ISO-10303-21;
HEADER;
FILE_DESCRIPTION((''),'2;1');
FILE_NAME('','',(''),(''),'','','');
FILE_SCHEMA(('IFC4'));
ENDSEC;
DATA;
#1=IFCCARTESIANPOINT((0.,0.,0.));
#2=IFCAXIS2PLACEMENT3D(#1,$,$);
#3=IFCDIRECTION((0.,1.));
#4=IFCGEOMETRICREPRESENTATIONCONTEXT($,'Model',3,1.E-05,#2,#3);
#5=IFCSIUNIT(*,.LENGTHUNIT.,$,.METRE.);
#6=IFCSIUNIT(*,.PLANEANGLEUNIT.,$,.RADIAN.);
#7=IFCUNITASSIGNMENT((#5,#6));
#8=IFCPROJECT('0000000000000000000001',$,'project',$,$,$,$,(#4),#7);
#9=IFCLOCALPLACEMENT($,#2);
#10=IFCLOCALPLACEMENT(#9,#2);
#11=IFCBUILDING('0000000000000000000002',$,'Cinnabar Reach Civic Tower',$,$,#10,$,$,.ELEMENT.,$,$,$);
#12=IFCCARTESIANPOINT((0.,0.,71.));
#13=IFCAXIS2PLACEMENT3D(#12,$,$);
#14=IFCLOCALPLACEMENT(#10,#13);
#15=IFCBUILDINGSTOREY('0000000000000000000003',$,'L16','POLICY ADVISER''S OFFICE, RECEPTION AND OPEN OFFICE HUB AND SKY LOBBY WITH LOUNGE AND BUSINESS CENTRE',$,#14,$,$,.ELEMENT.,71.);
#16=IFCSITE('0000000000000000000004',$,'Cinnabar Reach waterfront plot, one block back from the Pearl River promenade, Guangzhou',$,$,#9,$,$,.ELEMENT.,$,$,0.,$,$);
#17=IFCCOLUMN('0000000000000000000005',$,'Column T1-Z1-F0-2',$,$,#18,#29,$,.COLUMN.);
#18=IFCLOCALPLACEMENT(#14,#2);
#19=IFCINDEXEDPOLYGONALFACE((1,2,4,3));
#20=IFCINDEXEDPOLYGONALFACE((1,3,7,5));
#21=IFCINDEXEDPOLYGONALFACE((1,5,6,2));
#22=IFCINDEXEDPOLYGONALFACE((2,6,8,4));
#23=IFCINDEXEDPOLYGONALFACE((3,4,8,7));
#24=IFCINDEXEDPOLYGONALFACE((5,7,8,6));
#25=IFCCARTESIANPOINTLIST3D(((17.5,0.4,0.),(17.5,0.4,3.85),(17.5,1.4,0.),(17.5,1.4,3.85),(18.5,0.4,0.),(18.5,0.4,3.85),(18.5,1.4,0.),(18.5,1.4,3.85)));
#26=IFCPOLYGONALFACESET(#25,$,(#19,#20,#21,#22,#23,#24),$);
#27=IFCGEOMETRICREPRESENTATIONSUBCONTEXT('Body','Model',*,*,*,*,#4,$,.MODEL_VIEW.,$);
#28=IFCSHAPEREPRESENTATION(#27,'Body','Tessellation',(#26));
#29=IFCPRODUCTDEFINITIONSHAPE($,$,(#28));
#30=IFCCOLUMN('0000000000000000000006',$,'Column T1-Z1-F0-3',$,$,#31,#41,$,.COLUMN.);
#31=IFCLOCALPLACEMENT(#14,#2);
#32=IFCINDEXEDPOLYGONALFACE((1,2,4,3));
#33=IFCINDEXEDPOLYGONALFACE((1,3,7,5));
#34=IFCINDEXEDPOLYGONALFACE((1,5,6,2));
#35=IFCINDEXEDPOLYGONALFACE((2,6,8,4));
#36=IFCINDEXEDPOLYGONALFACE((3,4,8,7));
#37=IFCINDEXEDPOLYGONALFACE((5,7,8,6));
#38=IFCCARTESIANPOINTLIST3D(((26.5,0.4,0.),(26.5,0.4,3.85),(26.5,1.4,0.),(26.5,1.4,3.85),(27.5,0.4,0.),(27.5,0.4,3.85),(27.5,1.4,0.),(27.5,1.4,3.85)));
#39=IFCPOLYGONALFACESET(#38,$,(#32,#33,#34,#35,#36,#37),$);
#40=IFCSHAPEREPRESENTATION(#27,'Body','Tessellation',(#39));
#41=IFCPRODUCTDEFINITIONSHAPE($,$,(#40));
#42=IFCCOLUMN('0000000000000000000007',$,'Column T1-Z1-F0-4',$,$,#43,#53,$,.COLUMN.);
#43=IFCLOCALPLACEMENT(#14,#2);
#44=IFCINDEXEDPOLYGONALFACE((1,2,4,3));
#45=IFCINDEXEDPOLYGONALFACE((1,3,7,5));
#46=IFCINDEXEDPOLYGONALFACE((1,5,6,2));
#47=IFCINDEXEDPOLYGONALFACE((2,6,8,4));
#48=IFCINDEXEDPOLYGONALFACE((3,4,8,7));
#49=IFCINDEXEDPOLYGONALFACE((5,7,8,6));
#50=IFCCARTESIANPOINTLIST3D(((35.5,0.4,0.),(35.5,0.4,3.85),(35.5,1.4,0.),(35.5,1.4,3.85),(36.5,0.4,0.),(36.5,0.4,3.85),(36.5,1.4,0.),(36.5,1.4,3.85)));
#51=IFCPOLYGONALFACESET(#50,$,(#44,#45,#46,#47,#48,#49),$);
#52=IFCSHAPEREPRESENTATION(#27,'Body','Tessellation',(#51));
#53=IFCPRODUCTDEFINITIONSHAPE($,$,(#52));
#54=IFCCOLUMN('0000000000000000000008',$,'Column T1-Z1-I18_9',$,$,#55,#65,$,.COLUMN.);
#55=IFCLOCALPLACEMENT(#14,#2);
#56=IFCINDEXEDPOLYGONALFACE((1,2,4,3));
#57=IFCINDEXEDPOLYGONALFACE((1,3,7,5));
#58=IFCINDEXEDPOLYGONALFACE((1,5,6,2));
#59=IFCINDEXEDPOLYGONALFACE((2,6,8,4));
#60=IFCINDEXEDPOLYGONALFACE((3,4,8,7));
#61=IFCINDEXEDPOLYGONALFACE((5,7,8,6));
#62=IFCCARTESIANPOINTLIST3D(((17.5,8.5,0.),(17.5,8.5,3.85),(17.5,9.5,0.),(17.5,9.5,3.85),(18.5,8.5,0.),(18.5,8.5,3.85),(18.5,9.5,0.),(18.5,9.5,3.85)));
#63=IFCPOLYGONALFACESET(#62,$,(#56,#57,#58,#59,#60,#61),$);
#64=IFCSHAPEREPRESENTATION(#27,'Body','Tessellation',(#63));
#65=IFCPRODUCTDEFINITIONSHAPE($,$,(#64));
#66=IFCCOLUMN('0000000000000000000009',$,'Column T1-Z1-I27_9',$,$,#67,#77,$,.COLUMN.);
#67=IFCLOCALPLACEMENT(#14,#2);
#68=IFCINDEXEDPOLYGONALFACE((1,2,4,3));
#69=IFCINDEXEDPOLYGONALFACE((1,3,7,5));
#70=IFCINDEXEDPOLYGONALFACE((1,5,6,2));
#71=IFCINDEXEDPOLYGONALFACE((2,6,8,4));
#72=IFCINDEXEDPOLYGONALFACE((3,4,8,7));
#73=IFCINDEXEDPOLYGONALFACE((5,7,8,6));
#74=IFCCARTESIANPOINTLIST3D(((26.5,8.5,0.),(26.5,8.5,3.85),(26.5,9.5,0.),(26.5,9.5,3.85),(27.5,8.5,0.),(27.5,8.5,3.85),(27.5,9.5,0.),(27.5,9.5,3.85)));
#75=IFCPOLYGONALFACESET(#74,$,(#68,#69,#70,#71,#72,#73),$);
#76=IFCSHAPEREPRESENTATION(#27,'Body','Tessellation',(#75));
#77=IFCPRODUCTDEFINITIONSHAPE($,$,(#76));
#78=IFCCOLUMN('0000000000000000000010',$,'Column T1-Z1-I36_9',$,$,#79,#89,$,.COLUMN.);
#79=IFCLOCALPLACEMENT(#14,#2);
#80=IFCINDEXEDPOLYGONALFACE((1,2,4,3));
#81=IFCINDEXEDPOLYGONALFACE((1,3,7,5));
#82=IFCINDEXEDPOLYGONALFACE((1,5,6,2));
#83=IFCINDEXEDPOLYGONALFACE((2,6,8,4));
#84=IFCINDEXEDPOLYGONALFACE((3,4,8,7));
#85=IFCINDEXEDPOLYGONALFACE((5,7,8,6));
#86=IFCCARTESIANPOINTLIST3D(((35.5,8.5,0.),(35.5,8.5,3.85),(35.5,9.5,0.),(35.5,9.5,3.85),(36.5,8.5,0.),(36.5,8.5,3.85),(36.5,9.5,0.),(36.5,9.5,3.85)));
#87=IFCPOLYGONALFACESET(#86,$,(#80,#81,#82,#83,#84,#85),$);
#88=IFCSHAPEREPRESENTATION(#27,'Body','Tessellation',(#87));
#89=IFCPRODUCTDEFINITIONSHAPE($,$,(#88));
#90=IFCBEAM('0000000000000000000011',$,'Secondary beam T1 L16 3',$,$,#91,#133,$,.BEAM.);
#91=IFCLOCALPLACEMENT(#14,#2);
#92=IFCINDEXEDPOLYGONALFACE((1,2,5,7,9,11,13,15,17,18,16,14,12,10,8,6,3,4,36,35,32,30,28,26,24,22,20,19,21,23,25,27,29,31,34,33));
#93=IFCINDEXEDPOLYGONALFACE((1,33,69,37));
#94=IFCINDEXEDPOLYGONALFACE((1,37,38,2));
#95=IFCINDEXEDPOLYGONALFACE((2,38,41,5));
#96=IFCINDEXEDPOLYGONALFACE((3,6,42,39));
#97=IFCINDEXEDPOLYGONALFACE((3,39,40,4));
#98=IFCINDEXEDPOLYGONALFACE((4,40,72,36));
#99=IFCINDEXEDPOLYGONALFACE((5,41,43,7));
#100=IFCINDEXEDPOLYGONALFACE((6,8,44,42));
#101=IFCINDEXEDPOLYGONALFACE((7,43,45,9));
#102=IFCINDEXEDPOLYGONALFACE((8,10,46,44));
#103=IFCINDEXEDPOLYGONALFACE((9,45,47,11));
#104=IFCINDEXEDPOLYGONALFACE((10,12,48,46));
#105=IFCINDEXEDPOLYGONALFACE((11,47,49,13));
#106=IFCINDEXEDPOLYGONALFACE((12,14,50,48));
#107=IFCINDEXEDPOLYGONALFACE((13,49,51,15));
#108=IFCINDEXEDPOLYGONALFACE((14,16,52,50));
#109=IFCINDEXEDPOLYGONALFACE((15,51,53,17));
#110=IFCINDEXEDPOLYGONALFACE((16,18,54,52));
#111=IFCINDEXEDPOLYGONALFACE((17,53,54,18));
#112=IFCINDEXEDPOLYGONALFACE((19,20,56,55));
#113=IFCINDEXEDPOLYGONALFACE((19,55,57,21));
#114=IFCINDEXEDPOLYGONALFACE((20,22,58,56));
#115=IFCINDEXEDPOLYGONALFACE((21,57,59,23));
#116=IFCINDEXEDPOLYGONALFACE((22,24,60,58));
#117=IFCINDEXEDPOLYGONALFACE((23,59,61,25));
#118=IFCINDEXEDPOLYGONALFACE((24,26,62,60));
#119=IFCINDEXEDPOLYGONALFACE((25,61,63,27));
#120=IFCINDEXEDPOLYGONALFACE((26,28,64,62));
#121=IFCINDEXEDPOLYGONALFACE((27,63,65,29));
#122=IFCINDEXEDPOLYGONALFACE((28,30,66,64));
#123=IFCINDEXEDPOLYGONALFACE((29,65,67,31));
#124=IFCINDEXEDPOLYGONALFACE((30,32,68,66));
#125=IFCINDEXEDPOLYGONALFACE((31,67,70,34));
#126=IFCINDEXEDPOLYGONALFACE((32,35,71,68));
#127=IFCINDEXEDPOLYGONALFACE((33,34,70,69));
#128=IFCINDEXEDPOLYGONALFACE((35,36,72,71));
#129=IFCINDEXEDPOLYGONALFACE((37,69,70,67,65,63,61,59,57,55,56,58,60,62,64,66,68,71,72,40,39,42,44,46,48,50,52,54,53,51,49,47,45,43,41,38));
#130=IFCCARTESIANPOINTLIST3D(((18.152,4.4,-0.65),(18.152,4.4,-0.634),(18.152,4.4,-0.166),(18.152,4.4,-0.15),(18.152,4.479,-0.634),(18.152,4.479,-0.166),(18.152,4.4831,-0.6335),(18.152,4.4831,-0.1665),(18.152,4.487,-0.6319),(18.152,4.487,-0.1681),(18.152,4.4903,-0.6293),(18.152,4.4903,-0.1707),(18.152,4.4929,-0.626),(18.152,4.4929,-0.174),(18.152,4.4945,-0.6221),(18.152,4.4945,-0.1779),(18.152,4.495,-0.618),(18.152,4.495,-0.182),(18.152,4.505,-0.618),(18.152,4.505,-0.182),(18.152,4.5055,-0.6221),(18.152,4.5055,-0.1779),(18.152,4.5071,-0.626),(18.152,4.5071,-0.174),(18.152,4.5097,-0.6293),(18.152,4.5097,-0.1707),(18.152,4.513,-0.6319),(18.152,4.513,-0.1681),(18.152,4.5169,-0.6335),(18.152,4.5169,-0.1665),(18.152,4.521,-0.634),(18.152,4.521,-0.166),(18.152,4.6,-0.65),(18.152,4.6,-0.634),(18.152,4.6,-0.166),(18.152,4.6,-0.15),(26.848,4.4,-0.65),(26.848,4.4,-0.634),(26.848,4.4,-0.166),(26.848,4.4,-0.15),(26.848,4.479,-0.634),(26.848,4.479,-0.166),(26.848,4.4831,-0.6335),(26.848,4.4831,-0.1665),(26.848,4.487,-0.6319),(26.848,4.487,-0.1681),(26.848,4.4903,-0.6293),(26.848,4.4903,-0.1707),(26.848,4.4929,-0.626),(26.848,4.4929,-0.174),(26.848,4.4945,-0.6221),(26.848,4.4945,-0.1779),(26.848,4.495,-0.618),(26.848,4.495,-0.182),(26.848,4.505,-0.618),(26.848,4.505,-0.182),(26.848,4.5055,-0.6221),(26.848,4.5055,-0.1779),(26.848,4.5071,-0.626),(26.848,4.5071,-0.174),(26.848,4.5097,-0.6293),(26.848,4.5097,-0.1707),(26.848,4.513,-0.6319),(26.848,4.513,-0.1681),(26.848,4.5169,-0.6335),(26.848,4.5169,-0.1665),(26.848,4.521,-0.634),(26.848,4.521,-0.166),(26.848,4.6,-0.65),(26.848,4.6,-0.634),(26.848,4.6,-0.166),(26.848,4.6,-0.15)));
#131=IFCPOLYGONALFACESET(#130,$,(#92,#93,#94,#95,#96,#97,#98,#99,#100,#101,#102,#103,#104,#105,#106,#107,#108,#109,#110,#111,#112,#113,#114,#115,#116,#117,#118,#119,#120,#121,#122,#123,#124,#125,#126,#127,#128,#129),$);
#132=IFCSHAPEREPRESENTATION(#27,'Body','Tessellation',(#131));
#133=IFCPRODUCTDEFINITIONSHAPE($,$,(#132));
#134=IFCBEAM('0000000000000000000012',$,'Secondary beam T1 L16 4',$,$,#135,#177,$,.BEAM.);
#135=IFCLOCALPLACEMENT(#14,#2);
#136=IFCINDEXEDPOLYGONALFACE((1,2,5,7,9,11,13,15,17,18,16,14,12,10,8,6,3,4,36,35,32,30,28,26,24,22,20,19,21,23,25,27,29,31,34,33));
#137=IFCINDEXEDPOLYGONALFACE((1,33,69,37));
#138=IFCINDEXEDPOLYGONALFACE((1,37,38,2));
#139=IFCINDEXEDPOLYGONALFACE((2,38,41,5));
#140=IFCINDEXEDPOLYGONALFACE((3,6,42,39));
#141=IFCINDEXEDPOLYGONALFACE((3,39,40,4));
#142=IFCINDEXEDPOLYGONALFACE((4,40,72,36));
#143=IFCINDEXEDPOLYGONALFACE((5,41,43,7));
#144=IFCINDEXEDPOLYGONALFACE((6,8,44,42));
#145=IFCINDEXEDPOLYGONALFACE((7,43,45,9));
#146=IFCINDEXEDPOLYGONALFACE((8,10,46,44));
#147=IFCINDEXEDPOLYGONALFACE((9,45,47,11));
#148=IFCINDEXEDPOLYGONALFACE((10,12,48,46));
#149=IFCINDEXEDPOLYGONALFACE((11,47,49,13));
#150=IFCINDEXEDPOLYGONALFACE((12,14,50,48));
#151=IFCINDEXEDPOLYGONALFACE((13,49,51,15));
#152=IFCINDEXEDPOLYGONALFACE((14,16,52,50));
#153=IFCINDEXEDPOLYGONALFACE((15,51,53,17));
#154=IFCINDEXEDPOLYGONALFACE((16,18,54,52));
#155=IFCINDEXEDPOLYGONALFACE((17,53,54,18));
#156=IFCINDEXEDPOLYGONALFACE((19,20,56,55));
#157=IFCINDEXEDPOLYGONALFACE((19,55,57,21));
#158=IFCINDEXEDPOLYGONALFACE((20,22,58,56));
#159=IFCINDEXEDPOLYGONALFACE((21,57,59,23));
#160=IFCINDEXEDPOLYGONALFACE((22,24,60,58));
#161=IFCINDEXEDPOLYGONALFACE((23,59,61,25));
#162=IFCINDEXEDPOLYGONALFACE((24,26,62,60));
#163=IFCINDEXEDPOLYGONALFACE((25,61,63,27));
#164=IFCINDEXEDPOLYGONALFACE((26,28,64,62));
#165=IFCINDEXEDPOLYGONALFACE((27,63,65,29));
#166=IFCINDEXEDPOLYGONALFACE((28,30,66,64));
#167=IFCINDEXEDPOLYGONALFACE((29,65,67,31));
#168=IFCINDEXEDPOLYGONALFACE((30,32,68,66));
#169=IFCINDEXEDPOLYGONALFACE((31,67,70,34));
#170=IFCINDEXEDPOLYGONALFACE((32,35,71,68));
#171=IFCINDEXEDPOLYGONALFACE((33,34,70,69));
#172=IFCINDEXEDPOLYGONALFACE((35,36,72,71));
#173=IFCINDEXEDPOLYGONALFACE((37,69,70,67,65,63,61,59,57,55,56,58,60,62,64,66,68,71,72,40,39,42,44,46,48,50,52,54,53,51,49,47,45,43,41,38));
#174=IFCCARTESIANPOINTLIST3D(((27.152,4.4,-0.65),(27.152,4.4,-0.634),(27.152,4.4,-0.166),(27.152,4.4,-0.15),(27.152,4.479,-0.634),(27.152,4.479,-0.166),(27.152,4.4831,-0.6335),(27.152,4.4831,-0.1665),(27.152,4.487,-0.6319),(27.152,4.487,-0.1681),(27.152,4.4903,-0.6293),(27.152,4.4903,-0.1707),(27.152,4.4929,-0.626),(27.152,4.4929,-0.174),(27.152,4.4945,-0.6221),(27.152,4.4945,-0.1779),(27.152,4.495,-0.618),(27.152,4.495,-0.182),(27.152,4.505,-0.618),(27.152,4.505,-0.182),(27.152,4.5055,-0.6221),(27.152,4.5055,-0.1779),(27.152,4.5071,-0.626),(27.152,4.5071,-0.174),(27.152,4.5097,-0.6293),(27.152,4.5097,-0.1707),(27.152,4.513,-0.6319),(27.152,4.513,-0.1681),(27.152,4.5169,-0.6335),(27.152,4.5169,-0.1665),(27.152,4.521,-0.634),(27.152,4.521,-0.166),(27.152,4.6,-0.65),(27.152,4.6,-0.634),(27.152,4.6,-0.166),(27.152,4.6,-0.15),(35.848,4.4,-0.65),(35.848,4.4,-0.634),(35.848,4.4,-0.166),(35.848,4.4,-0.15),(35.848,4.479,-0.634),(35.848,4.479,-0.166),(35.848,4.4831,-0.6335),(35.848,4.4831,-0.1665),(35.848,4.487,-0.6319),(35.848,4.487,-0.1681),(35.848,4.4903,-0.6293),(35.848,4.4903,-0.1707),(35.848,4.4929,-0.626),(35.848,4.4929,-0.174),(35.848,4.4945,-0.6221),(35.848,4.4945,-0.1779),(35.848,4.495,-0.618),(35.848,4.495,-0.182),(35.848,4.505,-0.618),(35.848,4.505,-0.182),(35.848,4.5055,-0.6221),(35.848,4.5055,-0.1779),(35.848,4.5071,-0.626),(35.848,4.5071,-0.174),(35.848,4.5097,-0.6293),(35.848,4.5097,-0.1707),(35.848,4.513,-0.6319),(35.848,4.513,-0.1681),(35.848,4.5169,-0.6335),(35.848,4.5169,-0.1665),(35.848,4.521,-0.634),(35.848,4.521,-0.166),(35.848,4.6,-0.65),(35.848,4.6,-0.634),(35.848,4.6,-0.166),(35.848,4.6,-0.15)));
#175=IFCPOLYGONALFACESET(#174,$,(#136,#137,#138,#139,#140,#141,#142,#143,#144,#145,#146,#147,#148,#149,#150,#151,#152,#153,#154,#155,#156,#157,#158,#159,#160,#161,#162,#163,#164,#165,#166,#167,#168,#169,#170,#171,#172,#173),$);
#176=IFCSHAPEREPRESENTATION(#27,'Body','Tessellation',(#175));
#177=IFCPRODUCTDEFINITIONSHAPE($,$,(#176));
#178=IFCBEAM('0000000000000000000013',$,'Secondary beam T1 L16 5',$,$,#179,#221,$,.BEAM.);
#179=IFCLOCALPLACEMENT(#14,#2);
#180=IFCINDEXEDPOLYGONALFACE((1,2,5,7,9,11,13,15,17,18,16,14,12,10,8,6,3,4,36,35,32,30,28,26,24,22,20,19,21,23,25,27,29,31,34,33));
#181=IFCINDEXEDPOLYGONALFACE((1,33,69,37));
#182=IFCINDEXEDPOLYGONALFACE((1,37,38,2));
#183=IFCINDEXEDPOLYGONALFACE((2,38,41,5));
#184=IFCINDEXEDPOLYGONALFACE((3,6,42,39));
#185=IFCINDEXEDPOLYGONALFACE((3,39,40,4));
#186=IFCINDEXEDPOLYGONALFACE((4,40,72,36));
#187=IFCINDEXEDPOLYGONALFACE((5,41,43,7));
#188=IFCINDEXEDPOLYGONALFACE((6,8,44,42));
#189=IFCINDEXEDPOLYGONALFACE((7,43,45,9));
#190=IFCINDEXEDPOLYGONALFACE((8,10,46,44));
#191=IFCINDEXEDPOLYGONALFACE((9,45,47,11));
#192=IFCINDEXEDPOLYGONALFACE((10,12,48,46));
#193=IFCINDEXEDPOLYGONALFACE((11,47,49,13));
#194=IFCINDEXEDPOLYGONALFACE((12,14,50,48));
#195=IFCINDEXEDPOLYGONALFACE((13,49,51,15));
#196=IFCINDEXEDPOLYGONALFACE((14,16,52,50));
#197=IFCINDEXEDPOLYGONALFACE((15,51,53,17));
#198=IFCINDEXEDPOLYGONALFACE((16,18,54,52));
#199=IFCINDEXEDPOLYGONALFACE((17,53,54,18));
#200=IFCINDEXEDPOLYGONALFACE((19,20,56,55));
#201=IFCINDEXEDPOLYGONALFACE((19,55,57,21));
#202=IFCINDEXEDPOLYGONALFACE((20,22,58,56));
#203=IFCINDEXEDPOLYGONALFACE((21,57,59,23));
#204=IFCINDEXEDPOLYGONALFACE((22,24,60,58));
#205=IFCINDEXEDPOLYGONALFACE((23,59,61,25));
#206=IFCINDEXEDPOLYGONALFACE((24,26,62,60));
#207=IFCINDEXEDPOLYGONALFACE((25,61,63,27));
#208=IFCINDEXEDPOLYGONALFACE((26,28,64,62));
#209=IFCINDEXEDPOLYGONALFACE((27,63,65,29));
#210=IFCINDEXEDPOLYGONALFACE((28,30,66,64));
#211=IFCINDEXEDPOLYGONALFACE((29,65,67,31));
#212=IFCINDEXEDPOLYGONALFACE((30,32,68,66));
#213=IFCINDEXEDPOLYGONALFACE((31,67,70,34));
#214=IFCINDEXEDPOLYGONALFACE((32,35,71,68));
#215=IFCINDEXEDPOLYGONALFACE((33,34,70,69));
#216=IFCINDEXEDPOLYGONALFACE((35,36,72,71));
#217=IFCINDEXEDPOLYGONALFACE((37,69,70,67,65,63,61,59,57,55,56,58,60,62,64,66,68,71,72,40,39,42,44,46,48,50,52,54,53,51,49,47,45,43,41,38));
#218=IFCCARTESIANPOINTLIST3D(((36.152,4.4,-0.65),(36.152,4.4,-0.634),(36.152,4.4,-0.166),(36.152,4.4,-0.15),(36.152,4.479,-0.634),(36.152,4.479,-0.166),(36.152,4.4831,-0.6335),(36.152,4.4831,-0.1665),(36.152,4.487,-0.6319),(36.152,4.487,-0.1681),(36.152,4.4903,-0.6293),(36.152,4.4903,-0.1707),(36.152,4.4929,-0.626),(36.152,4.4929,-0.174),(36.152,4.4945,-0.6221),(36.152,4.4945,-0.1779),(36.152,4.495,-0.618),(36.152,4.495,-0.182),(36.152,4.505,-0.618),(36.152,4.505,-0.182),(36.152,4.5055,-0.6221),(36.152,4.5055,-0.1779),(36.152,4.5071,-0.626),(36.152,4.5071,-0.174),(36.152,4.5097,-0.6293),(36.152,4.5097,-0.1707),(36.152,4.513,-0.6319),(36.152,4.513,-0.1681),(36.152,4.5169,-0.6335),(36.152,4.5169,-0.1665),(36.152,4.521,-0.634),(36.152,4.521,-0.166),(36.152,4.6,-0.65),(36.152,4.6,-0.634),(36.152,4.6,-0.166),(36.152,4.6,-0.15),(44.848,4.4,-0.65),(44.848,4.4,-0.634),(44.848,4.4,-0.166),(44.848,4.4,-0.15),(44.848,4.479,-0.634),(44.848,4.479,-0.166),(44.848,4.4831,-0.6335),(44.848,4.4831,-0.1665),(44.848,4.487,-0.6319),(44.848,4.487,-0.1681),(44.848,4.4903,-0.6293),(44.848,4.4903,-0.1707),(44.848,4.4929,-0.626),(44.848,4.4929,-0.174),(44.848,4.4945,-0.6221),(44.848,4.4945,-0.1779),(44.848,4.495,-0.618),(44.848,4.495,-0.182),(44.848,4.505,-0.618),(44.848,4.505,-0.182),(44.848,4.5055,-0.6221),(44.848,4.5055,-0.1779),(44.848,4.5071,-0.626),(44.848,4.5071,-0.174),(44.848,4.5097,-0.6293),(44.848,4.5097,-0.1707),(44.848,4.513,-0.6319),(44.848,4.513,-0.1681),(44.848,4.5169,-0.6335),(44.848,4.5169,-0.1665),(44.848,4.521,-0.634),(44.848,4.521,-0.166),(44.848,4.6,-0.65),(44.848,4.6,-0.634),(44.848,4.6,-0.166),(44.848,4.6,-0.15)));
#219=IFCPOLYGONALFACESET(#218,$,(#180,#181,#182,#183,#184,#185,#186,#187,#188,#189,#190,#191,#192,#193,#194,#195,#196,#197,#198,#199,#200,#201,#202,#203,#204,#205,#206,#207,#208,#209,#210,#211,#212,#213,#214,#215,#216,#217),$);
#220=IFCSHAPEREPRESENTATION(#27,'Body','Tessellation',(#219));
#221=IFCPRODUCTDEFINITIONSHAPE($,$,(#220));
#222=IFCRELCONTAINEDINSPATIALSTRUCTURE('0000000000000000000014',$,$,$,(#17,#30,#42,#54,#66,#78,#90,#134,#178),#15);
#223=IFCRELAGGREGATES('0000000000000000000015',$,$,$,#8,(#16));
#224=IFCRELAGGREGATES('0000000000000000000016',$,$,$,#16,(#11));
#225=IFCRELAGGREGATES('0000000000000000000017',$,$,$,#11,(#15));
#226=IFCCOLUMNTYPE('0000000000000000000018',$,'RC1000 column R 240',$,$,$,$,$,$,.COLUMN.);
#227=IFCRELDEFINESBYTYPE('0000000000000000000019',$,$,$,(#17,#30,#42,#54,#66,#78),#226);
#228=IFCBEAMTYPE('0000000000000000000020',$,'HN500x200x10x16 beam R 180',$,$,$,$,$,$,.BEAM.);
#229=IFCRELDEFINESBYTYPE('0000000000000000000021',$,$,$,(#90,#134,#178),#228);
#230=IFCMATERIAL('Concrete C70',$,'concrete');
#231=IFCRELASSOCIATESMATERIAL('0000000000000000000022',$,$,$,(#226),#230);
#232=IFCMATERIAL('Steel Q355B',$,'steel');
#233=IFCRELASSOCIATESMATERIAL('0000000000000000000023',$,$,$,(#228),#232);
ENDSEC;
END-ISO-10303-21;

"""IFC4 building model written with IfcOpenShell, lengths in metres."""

from ifc_helpers import new_model, si_unit, direction, frame, origin, origin_2d, place, context, subcontext, project, spatial, rectangle, i_section, extrude, material, material_profile, profile_set, type_object, element, save


model = new_model("IFC4")

# Units and contexts
model_context = context("Model", 3, precision=1e-05, world=origin(), true_north=direction((0.0, 1.0)))
body_context = subcontext(model_context, "Body", "Model", "MODEL_VIEW")
ifc_project = project(units=[si_unit("LENGTHUNIT", "METRE"), si_unit("PLANEANGLEUNIT", "RADIAN")], contexts=[model_context])

# Site, building, storey
site_placement = place(None, origin())
site = spatial("IfcSite", under=ifc_project, at=site_placement, Name="Cinnabar Reach waterfront plot, one block back from the Pearl River promenade, Guangzhou", CompositionType="ELEMENT", RefElevation=0.0)
building_placement = place(site_placement, origin())
building = spatial("IfcBuilding", under=site, at=building_placement, Name="Cinnabar Reach Civic Tower", CompositionType="ELEMENT")
storey_placement = place(building_placement, frame((0.0, 0.0, 71.0)))
storey = spatial("IfcBuildingStorey", under=building, at=storey_placement, Name="L16", Description="POLICY ADVISER'S OFFICE, RECEPTION AND OPEN OFFICE HUB AND SKY LOBBY WITH LOUNGE AND BUSINESS CENTRE", CompositionType="ELEMENT", Elevation=71.0)

# Columns
ifc_material_1 = material(Name="Concrete C70", Category="concrete")
ifc_material_profile_1 = material_profile(ifc_material_1, rectangle(XDim=1.0, YDim=1.0, at=origin_2d()), Name="RC1000")
ifc_profile_set_1 = profile_set([ifc_material_profile_1], Name="Concrete C70")
column_type = type_object("IfcColumnType", Name="RC1000 column R 240", PredefinedType="COLUMN", material=ifc_profile_set_1)
for number, where, z_axis, x_axis, name in (
    (1, (18.0, 0.9, 0.0), (0.0, 0.0, 1.0), (1.0, 0.0, 0.0), "Column T1-Z1-F0-2"),
    (2, (27.0, 0.9, 0.0), (0.0, 0.0, 1.0), (1.0, 0.0, 0.0), "Column T1-Z1-F0-3"),
    (3, (36.0, 0.9, 0.0), (0.0, 0.0, 1.0), (1.0, 0.0, 0.0), "Column T1-Z1-F0-4"),
    (4, (18.0, 9.0, 0.0), (0.0, 0.0, 1.0), (1.0, 0.0, 0.0), "Column T1-Z1-I18_9"),
    (5, (27.0, 9.0, 0.0), (0.0, 0.0, 1.0), (1.0, 0.0, 0.0), "Column T1-Z1-I27_9"),
    (6, (36.0, 9.0, 0.0), (0.0, 0.0, 1.0), (1.0, 0.0, 0.0), "Column T1-Z1-I36_9"),
):
    element("IfcColumn", number, at=place(storey_placement, frame(where, z_axis=z_axis, x_axis=x_axis)), inside=storey, type_object=column_type, Name=name, PredefinedType="COLUMN", context=body_context, shape_type="SweptSolid", body=[
        extrude(rectangle(XDim=1.0, YDim=1.0, at=origin_2d()), origin(), (0.0, 0.0, 1.0), 3.85),
    ])

# Beams
ifc_material_2 = material(Name="Steel Q355B", Category="steel")
ifc_material_profile_2 = material_profile(ifc_material_2, i_section(OverallWidth=0.2, OverallDepth=0.5, WebThickness=0.01, FlangeThickness=0.016, FilletRadius=0.016, at=origin_2d()), Name="HN500x200x10x16")
ifc_profile_set_2 = profile_set([ifc_material_profile_2], Name="Steel Q355B")
beam_type_1 = type_object("IfcBeamType", Name="HN500x200x10x16 beam R 180", PredefinedType="BEAM", material=ifc_profile_set_2)
for number, where, z_axis, x_axis, name in (
    (7, (18.152, 4.5, -0.4), (1.0, 0.0, 0.0), (0.0, 1.0, 0.0), "Secondary beam T1 L16 3"),
    (8, (27.152, 4.5, -0.4), (1.0, 0.0, 0.0), (0.0, 1.0, 0.0), "Secondary beam T1 L16 4"),
    (9, (36.152, 4.5, -0.4), (1.0, 0.0, 0.0), (0.0, 1.0, 0.0), "Secondary beam T1 L16 5"),
):
    element("IfcBeam", number, at=place(storey_placement, frame(where, z_axis=z_axis, x_axis=x_axis)), inside=storey, type_object=beam_type_1, Name=name, PredefinedType="BEAM", context=body_context, shape_type="SweptSolid", body=[
        extrude(i_section(OverallWidth=0.2, OverallDepth=0.5, WebThickness=0.01, FlangeThickness=0.016, FilletRadius=0.016, at=origin_2d()), origin(), (0.0, 0.0, 1.0), 8.696),
    ])

save(model, "model.ifc")
